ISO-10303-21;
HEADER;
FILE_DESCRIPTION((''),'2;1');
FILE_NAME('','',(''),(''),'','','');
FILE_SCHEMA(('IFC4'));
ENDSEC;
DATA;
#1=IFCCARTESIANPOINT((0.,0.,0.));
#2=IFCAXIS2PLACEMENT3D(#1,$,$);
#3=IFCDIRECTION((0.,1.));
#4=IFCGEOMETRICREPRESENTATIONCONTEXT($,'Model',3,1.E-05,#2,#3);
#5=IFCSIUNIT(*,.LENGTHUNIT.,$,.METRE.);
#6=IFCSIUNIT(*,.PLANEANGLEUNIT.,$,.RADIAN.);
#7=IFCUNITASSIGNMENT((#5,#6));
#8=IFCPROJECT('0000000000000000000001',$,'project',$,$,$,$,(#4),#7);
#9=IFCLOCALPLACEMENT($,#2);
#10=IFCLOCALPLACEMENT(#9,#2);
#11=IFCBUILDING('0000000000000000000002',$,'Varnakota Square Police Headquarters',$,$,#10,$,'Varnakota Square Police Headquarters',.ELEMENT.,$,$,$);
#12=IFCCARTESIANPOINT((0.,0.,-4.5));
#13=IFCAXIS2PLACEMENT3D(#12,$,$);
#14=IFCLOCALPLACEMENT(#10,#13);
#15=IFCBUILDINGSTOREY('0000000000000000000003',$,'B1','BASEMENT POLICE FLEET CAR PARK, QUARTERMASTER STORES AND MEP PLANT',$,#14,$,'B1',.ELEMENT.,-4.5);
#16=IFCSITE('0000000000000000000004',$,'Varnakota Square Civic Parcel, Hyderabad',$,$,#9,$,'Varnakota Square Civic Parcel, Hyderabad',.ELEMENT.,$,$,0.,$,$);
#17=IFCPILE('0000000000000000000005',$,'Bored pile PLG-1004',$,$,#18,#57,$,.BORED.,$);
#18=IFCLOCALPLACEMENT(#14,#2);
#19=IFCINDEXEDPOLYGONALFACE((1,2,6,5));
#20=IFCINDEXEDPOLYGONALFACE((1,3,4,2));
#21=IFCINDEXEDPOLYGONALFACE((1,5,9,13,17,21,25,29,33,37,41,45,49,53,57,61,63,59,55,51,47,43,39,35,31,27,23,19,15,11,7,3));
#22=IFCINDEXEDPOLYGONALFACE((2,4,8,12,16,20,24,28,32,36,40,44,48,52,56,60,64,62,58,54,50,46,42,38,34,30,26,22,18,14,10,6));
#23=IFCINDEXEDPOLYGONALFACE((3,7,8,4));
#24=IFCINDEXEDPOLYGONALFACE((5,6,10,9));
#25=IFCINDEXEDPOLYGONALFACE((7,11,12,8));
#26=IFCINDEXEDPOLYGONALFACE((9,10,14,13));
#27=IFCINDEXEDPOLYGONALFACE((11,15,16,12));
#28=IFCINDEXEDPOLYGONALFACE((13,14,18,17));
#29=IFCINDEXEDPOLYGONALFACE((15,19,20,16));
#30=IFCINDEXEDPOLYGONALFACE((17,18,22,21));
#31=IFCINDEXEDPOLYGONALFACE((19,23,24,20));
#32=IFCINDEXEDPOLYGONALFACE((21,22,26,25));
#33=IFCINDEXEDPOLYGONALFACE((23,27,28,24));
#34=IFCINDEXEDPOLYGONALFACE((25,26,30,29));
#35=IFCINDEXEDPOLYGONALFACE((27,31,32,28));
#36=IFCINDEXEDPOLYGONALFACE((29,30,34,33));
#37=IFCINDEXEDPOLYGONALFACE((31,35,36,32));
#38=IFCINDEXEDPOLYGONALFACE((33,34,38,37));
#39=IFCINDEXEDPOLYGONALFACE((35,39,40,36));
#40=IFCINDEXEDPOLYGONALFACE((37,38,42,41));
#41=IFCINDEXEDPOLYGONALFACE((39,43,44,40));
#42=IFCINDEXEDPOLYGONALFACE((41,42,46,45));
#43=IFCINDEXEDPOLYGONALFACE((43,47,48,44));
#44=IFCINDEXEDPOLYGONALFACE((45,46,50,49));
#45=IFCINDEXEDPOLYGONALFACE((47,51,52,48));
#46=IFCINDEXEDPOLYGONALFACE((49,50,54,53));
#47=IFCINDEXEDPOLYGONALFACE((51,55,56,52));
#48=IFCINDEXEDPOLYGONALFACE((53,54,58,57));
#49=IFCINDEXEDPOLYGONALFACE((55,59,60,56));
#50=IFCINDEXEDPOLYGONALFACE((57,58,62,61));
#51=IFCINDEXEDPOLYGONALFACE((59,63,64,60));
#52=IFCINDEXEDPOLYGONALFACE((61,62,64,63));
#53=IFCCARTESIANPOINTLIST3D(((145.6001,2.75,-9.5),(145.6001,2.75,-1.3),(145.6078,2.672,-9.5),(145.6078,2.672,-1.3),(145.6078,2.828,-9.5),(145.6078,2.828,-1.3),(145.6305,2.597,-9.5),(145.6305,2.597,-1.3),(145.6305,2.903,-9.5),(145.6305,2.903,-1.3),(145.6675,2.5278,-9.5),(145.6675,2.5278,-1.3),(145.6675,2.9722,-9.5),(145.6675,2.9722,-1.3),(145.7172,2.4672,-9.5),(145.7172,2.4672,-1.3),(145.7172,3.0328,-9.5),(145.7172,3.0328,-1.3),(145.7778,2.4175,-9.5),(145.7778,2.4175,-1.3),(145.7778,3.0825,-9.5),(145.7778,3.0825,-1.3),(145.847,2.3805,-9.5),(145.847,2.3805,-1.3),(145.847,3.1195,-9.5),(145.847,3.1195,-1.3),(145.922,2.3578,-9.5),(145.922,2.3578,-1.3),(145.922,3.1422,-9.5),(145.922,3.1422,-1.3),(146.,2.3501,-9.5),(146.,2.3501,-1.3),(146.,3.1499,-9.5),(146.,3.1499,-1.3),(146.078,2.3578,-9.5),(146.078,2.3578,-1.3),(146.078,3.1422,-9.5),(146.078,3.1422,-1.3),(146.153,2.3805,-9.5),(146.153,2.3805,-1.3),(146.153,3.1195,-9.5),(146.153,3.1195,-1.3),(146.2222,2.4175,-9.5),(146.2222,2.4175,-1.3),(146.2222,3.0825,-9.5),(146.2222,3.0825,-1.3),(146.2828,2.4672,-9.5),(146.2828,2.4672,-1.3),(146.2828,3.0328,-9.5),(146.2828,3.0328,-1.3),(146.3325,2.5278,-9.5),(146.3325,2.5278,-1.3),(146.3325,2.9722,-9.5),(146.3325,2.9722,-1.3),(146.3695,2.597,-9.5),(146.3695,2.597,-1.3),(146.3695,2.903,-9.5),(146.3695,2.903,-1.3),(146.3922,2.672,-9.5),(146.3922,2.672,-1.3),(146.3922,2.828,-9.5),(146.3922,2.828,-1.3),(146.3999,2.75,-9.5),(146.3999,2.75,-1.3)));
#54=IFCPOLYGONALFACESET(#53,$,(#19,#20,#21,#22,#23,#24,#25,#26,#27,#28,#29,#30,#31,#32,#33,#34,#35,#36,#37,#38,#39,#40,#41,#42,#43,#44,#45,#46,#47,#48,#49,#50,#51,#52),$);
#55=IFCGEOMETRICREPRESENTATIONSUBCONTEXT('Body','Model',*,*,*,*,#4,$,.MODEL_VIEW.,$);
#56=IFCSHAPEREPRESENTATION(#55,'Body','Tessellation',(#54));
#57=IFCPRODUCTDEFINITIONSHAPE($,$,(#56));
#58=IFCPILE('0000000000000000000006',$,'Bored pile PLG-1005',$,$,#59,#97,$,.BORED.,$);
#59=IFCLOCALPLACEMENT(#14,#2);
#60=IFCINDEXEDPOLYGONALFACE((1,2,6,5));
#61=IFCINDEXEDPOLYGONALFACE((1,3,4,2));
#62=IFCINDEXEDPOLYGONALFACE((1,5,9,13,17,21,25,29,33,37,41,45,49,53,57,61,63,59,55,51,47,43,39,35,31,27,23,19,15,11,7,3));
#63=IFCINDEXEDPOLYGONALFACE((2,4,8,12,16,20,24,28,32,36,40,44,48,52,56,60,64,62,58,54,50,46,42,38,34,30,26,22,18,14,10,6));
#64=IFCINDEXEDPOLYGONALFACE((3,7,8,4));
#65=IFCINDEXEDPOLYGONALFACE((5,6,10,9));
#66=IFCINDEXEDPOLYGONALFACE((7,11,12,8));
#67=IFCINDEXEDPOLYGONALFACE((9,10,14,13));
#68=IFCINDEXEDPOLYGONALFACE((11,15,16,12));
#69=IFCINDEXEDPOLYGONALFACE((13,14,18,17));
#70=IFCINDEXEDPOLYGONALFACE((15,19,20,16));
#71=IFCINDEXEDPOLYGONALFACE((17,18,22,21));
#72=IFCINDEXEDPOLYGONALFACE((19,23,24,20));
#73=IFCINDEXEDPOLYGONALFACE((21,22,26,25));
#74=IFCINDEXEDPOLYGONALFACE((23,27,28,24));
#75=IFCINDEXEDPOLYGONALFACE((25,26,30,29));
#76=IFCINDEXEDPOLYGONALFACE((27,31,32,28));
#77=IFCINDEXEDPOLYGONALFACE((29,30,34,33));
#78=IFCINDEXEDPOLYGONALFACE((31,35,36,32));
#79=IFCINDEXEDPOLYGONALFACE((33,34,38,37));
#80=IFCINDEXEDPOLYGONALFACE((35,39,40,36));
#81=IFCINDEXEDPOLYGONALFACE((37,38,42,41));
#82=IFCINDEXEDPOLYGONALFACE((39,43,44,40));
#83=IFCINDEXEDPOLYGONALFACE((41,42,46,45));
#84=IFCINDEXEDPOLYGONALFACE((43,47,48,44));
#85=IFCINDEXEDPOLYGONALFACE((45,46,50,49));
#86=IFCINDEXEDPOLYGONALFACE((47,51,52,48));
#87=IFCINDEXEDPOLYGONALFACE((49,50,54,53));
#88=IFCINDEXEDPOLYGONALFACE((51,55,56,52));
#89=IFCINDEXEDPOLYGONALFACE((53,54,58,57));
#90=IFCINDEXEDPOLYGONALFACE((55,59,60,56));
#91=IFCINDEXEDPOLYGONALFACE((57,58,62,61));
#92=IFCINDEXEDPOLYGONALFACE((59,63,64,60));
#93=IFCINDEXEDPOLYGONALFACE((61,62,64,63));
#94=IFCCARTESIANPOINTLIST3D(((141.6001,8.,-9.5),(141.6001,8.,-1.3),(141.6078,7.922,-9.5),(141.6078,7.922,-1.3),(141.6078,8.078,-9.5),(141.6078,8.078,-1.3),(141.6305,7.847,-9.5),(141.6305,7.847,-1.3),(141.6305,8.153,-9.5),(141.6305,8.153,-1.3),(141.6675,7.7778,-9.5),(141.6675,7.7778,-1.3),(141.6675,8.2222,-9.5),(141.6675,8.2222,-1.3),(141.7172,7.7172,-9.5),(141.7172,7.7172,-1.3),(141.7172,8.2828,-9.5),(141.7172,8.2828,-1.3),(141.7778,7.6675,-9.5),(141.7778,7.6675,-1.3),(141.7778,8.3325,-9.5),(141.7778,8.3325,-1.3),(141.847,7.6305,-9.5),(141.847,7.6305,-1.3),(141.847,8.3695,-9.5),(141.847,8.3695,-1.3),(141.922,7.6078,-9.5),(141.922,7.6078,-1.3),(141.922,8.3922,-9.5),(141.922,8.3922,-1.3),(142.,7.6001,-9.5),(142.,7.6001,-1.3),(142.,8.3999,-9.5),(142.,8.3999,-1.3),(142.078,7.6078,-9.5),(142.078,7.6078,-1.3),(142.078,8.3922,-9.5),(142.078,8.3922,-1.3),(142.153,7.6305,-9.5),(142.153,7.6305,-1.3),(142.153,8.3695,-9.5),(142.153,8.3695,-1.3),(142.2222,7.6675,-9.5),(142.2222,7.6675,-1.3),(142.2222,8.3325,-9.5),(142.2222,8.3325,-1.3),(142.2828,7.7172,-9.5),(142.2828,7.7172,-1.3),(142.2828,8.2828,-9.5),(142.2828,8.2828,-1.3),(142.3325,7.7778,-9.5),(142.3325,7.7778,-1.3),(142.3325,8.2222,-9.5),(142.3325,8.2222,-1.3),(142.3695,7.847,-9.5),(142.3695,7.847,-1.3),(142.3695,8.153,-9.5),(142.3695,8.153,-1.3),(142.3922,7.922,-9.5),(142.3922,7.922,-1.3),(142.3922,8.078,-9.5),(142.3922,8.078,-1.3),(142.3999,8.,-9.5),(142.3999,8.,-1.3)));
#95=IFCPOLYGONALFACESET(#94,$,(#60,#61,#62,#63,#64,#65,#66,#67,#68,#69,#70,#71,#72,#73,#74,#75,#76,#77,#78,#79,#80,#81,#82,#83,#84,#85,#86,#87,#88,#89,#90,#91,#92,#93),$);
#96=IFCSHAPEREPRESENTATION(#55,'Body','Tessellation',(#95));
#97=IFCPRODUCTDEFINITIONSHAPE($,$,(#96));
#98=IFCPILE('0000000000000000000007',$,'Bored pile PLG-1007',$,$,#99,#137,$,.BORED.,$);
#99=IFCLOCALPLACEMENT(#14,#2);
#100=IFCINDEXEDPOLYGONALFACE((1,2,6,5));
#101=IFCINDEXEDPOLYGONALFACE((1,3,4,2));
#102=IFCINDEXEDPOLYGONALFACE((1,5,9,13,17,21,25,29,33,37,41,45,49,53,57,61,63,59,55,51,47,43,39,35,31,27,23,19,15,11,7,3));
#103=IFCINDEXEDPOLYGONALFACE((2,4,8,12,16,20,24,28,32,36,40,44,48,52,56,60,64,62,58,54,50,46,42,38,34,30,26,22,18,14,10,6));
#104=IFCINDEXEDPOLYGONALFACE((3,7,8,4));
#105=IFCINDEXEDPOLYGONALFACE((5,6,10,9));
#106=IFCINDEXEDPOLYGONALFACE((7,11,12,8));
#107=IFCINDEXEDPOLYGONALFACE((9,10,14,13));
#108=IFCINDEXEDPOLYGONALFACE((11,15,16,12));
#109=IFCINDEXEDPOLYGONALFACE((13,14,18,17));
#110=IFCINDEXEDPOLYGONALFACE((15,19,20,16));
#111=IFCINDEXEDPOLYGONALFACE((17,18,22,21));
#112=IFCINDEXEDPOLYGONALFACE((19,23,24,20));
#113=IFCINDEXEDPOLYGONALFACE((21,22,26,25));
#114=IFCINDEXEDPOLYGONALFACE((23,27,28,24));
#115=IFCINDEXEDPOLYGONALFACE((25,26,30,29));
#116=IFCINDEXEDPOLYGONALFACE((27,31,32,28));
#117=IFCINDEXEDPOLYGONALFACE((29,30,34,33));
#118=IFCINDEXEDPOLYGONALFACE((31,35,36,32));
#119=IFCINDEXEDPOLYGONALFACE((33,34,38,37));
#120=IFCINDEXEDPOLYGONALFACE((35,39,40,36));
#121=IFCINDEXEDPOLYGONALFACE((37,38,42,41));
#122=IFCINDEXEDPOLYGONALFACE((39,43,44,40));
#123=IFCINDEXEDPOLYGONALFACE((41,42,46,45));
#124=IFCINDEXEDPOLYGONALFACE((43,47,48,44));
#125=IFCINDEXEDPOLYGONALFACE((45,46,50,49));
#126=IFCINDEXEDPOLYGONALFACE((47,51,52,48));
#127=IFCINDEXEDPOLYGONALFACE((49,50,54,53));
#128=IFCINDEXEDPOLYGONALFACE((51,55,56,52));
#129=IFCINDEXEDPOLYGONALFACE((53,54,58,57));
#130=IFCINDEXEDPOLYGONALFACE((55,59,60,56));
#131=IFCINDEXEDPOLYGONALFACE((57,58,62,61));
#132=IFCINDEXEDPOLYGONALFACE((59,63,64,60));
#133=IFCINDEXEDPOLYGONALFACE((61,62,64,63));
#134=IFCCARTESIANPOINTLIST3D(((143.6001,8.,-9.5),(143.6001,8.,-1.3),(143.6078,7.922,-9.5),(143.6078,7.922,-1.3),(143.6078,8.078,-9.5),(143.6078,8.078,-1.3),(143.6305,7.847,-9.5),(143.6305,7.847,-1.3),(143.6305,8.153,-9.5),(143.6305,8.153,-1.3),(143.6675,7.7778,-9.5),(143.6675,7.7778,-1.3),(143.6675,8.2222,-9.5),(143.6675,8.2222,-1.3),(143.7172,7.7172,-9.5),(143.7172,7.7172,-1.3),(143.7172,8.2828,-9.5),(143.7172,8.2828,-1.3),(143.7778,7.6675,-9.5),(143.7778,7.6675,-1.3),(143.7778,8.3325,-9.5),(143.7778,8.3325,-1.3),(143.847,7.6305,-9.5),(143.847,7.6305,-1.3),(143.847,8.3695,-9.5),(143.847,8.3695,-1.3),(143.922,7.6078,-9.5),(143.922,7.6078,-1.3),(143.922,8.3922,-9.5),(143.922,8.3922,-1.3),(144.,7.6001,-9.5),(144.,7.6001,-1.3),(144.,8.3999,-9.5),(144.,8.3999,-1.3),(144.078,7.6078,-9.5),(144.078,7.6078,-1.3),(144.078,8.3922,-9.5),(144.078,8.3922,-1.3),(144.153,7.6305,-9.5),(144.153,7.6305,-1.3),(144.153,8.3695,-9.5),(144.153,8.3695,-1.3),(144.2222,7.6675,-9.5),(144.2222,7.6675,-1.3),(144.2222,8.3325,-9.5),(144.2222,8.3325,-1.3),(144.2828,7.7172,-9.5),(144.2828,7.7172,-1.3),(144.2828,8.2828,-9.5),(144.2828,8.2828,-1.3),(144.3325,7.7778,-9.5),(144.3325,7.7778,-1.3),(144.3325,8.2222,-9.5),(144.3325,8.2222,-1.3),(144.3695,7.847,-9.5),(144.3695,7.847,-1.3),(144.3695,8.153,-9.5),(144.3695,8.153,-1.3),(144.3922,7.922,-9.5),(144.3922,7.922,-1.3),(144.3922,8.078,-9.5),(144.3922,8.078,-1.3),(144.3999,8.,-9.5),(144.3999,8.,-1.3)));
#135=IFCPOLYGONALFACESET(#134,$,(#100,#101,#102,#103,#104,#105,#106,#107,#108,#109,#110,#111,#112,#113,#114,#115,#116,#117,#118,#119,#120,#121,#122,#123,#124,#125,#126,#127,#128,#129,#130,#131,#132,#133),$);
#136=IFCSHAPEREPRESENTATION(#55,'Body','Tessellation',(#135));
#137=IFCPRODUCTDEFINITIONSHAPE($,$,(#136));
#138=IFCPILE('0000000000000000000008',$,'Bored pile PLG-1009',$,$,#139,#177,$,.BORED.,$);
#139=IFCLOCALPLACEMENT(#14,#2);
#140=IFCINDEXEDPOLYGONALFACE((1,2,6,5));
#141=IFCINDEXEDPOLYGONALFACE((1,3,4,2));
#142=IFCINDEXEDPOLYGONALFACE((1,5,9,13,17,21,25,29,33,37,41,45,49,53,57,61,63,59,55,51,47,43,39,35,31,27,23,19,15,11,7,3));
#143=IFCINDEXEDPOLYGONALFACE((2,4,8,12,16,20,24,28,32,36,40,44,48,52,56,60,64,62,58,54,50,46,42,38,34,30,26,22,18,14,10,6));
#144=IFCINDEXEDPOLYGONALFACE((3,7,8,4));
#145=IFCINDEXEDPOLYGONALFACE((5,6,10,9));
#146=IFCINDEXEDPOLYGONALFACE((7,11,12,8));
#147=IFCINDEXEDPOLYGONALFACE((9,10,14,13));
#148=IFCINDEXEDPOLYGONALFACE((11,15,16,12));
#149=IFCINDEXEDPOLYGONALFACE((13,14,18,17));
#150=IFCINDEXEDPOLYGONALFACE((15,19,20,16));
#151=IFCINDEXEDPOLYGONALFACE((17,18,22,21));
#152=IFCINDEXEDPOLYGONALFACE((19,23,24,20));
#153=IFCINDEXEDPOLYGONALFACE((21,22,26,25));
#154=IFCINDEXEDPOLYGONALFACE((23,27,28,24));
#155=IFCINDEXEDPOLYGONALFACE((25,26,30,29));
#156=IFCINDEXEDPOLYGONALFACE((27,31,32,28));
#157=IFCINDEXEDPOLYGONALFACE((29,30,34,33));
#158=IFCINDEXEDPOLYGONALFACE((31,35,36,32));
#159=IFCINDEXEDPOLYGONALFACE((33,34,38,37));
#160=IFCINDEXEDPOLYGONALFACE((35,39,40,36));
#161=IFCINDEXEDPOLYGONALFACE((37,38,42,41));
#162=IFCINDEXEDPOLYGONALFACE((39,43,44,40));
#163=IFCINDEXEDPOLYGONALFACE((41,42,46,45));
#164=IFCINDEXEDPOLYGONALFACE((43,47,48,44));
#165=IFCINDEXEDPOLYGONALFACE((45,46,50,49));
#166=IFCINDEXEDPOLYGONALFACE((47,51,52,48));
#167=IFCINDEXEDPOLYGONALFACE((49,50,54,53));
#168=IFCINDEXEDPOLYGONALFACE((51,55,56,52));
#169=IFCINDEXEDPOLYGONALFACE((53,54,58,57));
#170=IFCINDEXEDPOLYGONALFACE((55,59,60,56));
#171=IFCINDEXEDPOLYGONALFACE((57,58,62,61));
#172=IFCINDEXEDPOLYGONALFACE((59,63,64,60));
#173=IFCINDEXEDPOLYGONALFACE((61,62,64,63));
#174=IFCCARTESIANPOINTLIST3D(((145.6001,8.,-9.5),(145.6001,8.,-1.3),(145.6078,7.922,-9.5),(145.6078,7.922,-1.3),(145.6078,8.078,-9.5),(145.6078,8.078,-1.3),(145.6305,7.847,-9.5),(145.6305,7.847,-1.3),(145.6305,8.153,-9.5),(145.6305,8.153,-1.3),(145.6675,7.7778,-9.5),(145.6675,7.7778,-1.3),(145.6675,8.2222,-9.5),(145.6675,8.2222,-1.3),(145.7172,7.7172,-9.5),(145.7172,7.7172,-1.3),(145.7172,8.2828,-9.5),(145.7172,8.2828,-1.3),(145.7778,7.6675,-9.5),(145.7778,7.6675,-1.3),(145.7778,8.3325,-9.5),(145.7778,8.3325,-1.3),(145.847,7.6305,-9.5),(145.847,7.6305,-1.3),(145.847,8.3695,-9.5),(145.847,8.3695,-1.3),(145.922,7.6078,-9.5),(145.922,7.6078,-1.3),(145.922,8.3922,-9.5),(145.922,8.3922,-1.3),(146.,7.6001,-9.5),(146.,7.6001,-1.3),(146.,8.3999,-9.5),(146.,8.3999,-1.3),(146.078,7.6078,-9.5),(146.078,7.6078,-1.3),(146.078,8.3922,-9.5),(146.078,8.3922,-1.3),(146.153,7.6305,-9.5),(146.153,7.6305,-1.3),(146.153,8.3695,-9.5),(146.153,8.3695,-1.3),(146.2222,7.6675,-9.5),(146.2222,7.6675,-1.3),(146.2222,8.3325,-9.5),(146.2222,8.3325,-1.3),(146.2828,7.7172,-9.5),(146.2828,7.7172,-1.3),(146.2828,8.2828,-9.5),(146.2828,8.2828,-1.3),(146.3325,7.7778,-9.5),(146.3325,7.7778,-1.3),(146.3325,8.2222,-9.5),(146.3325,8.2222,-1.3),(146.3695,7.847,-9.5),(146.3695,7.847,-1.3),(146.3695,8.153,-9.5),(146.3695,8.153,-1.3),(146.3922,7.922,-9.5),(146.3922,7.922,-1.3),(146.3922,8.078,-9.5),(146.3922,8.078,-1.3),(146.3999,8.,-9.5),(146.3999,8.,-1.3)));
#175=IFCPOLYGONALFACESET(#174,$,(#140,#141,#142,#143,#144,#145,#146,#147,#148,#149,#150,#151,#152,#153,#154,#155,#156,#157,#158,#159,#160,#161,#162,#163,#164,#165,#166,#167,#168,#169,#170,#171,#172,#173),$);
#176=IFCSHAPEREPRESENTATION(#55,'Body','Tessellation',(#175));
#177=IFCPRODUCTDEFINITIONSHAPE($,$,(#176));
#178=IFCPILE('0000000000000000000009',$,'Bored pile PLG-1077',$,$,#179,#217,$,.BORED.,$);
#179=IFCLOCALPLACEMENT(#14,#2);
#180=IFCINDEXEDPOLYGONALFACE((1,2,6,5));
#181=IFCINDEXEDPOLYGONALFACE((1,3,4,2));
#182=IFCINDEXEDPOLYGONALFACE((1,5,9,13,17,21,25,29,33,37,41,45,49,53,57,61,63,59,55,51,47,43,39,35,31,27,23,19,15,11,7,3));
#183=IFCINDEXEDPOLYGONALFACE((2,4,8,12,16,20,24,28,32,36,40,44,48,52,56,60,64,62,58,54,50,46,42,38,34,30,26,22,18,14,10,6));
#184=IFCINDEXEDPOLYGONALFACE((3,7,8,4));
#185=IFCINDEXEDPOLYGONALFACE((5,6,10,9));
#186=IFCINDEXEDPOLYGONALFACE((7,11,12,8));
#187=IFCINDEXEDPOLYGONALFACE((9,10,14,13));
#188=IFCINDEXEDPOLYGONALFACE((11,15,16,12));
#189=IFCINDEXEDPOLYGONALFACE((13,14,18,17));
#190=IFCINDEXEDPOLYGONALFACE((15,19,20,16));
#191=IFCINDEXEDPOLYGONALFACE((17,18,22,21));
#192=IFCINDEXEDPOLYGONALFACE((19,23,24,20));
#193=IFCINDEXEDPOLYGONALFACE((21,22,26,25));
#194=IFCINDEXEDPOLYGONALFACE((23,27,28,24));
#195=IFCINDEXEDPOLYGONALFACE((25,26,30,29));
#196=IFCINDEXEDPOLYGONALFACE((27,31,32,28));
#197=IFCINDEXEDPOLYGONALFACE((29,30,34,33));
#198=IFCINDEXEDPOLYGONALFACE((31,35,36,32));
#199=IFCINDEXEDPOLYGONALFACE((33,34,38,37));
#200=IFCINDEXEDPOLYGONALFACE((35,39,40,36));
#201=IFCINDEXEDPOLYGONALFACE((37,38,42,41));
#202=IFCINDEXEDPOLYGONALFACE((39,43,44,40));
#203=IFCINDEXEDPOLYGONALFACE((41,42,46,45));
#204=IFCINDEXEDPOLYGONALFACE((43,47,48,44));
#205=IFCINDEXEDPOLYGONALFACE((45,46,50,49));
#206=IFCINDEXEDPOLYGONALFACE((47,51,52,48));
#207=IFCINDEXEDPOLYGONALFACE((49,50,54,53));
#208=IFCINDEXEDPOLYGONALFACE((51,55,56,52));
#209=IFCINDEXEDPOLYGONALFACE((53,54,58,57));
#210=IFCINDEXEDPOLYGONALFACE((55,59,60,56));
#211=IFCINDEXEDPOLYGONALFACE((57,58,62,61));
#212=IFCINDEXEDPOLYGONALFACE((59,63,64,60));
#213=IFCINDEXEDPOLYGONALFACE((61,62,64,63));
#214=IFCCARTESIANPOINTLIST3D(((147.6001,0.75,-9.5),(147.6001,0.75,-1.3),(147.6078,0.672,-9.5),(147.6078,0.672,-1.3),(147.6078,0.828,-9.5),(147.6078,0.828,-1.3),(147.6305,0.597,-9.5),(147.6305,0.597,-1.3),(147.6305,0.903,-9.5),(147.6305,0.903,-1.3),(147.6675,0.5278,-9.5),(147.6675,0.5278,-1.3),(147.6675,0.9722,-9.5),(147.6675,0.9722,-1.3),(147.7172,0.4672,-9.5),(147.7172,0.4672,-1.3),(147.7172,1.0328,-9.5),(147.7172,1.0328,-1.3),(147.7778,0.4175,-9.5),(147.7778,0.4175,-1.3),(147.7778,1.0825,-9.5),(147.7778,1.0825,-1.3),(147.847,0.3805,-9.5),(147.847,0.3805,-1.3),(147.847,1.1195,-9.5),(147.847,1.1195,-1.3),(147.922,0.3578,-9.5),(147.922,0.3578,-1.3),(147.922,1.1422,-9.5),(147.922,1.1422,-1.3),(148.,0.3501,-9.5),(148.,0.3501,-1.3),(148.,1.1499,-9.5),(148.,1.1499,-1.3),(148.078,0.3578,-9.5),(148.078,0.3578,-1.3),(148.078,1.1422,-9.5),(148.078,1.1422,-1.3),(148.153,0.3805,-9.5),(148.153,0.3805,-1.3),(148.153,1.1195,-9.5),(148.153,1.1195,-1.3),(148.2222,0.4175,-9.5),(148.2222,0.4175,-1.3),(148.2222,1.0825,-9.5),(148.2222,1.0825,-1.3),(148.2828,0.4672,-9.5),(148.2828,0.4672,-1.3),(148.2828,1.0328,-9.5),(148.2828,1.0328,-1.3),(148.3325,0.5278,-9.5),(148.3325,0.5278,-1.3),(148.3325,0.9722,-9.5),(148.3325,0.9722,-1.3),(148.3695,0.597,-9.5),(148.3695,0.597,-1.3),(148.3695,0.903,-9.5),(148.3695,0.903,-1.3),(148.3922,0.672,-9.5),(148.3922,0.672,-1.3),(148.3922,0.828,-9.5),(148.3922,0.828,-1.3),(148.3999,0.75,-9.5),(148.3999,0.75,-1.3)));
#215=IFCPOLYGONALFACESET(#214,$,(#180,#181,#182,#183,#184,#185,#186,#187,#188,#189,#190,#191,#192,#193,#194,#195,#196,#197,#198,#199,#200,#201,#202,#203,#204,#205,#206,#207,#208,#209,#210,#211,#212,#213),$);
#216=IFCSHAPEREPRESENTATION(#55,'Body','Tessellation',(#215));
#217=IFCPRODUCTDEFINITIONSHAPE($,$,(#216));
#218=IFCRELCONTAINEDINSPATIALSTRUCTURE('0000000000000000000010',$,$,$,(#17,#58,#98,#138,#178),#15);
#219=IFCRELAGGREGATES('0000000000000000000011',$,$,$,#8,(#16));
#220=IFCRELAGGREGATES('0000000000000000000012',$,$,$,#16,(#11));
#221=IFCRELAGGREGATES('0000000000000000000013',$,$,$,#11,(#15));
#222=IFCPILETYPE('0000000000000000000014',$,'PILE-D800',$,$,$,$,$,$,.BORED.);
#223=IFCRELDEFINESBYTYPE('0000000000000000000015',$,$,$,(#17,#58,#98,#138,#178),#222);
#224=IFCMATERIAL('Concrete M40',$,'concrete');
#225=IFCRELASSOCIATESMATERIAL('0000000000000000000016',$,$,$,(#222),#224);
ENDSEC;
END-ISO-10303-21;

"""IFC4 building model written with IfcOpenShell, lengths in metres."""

from ifc_helpers import new_model, si_unit, direction, frame, origin, origin_2d, place, context, subcontext, project, spatial, circle, extrude, material, material_profile, profile_set, type_object, element, save


model = new_model("IFC4")

# Units and contexts
model_context = context("Model", 3, precision=1e-05, world=origin(), true_north=direction((0.0, 1.0)))
body_context = subcontext(model_context, "Body", "Model", "MODEL_VIEW")
ifc_project = project(units=[si_unit("LENGTHUNIT", "METRE"), si_unit("PLANEANGLEUNIT", "RADIAN")], contexts=[model_context])

# Site, building, storey
site_placement = place(None, origin())
site = spatial("IfcSite", under=ifc_project, at=site_placement, Name="Varnakota Square Civic Parcel, Hyderabad", LongName="Varnakota Square Civic Parcel, Hyderabad", CompositionType="ELEMENT", RefElevation=0.0)
building_placement = place(site_placement, origin())
building = spatial("IfcBuilding", under=site, at=building_placement, Name="Varnakota Square Police Headquarters", LongName="Varnakota Square Police Headquarters", CompositionType="ELEMENT")
storey_placement = place(building_placement, frame((0.0, 0.0, -4.5)))
storey = spatial("IfcBuildingStorey", under=building, at=storey_placement, Name="B1", Description="BASEMENT POLICE FLEET CAR PARK, QUARTERMASTER STORES AND MEP PLANT", LongName="B1", CompositionType="ELEMENT", Elevation=-4.5)

# Shared definitions
ifc_material_1 = material(Name="Concrete M40", Category="concrete")

# Piles
ifc_material_profile_1 = material_profile(ifc_material_1, circle(Radius=0.3999, at=origin_2d()), Name="BORED PILE 800")
ifc_profile_set_1 = profile_set([ifc_material_profile_1], Name="Concrete M40")
pile_type = type_object("IfcPileType", Name="PILE-D800", PredefinedType="BORED", material=ifc_profile_set_1)
for number, where, z_axis, x_axis, name in (
    (1, (146.0, 2.75, -1.3), (0.0, 0.0, -1.0), (1.0, 0.0, 0.0), "Bored pile PLG-1004"),
    (2, (142.0, 8.0, -1.3), (0.0, 0.0, -1.0), (1.0, 0.0, 0.0), "Bored pile PLG-1005"),
    (3, (144.0, 8.0, -1.3), (0.0, 0.0, -1.0), (1.0, 0.0, 0.0), "Bored pile PLG-1007"),
    (4, (146.0, 8.0, -1.3), (0.0, 0.0, -1.0), (1.0, 0.0, 0.0), "Bored pile PLG-1009"),
    (5, (148.0, 0.75, -1.3), (0.0, 0.0, -1.0), (1.0, 0.0, 0.0), "Bored pile PLG-1077"),
):
    element("IfcPile", number, at=place(storey_placement, frame(where, z_axis=z_axis, x_axis=x_axis)), inside=storey, type_object=pile_type, Name=name, PredefinedType="BORED", context=body_context, shape_type="SweptSolid", body=[
        extrude(circle(Radius=0.3999, at=origin_2d()), origin(), (0.0, 0.0, 1.0), 8.2),
    ])

save(model, "model.ifc")
